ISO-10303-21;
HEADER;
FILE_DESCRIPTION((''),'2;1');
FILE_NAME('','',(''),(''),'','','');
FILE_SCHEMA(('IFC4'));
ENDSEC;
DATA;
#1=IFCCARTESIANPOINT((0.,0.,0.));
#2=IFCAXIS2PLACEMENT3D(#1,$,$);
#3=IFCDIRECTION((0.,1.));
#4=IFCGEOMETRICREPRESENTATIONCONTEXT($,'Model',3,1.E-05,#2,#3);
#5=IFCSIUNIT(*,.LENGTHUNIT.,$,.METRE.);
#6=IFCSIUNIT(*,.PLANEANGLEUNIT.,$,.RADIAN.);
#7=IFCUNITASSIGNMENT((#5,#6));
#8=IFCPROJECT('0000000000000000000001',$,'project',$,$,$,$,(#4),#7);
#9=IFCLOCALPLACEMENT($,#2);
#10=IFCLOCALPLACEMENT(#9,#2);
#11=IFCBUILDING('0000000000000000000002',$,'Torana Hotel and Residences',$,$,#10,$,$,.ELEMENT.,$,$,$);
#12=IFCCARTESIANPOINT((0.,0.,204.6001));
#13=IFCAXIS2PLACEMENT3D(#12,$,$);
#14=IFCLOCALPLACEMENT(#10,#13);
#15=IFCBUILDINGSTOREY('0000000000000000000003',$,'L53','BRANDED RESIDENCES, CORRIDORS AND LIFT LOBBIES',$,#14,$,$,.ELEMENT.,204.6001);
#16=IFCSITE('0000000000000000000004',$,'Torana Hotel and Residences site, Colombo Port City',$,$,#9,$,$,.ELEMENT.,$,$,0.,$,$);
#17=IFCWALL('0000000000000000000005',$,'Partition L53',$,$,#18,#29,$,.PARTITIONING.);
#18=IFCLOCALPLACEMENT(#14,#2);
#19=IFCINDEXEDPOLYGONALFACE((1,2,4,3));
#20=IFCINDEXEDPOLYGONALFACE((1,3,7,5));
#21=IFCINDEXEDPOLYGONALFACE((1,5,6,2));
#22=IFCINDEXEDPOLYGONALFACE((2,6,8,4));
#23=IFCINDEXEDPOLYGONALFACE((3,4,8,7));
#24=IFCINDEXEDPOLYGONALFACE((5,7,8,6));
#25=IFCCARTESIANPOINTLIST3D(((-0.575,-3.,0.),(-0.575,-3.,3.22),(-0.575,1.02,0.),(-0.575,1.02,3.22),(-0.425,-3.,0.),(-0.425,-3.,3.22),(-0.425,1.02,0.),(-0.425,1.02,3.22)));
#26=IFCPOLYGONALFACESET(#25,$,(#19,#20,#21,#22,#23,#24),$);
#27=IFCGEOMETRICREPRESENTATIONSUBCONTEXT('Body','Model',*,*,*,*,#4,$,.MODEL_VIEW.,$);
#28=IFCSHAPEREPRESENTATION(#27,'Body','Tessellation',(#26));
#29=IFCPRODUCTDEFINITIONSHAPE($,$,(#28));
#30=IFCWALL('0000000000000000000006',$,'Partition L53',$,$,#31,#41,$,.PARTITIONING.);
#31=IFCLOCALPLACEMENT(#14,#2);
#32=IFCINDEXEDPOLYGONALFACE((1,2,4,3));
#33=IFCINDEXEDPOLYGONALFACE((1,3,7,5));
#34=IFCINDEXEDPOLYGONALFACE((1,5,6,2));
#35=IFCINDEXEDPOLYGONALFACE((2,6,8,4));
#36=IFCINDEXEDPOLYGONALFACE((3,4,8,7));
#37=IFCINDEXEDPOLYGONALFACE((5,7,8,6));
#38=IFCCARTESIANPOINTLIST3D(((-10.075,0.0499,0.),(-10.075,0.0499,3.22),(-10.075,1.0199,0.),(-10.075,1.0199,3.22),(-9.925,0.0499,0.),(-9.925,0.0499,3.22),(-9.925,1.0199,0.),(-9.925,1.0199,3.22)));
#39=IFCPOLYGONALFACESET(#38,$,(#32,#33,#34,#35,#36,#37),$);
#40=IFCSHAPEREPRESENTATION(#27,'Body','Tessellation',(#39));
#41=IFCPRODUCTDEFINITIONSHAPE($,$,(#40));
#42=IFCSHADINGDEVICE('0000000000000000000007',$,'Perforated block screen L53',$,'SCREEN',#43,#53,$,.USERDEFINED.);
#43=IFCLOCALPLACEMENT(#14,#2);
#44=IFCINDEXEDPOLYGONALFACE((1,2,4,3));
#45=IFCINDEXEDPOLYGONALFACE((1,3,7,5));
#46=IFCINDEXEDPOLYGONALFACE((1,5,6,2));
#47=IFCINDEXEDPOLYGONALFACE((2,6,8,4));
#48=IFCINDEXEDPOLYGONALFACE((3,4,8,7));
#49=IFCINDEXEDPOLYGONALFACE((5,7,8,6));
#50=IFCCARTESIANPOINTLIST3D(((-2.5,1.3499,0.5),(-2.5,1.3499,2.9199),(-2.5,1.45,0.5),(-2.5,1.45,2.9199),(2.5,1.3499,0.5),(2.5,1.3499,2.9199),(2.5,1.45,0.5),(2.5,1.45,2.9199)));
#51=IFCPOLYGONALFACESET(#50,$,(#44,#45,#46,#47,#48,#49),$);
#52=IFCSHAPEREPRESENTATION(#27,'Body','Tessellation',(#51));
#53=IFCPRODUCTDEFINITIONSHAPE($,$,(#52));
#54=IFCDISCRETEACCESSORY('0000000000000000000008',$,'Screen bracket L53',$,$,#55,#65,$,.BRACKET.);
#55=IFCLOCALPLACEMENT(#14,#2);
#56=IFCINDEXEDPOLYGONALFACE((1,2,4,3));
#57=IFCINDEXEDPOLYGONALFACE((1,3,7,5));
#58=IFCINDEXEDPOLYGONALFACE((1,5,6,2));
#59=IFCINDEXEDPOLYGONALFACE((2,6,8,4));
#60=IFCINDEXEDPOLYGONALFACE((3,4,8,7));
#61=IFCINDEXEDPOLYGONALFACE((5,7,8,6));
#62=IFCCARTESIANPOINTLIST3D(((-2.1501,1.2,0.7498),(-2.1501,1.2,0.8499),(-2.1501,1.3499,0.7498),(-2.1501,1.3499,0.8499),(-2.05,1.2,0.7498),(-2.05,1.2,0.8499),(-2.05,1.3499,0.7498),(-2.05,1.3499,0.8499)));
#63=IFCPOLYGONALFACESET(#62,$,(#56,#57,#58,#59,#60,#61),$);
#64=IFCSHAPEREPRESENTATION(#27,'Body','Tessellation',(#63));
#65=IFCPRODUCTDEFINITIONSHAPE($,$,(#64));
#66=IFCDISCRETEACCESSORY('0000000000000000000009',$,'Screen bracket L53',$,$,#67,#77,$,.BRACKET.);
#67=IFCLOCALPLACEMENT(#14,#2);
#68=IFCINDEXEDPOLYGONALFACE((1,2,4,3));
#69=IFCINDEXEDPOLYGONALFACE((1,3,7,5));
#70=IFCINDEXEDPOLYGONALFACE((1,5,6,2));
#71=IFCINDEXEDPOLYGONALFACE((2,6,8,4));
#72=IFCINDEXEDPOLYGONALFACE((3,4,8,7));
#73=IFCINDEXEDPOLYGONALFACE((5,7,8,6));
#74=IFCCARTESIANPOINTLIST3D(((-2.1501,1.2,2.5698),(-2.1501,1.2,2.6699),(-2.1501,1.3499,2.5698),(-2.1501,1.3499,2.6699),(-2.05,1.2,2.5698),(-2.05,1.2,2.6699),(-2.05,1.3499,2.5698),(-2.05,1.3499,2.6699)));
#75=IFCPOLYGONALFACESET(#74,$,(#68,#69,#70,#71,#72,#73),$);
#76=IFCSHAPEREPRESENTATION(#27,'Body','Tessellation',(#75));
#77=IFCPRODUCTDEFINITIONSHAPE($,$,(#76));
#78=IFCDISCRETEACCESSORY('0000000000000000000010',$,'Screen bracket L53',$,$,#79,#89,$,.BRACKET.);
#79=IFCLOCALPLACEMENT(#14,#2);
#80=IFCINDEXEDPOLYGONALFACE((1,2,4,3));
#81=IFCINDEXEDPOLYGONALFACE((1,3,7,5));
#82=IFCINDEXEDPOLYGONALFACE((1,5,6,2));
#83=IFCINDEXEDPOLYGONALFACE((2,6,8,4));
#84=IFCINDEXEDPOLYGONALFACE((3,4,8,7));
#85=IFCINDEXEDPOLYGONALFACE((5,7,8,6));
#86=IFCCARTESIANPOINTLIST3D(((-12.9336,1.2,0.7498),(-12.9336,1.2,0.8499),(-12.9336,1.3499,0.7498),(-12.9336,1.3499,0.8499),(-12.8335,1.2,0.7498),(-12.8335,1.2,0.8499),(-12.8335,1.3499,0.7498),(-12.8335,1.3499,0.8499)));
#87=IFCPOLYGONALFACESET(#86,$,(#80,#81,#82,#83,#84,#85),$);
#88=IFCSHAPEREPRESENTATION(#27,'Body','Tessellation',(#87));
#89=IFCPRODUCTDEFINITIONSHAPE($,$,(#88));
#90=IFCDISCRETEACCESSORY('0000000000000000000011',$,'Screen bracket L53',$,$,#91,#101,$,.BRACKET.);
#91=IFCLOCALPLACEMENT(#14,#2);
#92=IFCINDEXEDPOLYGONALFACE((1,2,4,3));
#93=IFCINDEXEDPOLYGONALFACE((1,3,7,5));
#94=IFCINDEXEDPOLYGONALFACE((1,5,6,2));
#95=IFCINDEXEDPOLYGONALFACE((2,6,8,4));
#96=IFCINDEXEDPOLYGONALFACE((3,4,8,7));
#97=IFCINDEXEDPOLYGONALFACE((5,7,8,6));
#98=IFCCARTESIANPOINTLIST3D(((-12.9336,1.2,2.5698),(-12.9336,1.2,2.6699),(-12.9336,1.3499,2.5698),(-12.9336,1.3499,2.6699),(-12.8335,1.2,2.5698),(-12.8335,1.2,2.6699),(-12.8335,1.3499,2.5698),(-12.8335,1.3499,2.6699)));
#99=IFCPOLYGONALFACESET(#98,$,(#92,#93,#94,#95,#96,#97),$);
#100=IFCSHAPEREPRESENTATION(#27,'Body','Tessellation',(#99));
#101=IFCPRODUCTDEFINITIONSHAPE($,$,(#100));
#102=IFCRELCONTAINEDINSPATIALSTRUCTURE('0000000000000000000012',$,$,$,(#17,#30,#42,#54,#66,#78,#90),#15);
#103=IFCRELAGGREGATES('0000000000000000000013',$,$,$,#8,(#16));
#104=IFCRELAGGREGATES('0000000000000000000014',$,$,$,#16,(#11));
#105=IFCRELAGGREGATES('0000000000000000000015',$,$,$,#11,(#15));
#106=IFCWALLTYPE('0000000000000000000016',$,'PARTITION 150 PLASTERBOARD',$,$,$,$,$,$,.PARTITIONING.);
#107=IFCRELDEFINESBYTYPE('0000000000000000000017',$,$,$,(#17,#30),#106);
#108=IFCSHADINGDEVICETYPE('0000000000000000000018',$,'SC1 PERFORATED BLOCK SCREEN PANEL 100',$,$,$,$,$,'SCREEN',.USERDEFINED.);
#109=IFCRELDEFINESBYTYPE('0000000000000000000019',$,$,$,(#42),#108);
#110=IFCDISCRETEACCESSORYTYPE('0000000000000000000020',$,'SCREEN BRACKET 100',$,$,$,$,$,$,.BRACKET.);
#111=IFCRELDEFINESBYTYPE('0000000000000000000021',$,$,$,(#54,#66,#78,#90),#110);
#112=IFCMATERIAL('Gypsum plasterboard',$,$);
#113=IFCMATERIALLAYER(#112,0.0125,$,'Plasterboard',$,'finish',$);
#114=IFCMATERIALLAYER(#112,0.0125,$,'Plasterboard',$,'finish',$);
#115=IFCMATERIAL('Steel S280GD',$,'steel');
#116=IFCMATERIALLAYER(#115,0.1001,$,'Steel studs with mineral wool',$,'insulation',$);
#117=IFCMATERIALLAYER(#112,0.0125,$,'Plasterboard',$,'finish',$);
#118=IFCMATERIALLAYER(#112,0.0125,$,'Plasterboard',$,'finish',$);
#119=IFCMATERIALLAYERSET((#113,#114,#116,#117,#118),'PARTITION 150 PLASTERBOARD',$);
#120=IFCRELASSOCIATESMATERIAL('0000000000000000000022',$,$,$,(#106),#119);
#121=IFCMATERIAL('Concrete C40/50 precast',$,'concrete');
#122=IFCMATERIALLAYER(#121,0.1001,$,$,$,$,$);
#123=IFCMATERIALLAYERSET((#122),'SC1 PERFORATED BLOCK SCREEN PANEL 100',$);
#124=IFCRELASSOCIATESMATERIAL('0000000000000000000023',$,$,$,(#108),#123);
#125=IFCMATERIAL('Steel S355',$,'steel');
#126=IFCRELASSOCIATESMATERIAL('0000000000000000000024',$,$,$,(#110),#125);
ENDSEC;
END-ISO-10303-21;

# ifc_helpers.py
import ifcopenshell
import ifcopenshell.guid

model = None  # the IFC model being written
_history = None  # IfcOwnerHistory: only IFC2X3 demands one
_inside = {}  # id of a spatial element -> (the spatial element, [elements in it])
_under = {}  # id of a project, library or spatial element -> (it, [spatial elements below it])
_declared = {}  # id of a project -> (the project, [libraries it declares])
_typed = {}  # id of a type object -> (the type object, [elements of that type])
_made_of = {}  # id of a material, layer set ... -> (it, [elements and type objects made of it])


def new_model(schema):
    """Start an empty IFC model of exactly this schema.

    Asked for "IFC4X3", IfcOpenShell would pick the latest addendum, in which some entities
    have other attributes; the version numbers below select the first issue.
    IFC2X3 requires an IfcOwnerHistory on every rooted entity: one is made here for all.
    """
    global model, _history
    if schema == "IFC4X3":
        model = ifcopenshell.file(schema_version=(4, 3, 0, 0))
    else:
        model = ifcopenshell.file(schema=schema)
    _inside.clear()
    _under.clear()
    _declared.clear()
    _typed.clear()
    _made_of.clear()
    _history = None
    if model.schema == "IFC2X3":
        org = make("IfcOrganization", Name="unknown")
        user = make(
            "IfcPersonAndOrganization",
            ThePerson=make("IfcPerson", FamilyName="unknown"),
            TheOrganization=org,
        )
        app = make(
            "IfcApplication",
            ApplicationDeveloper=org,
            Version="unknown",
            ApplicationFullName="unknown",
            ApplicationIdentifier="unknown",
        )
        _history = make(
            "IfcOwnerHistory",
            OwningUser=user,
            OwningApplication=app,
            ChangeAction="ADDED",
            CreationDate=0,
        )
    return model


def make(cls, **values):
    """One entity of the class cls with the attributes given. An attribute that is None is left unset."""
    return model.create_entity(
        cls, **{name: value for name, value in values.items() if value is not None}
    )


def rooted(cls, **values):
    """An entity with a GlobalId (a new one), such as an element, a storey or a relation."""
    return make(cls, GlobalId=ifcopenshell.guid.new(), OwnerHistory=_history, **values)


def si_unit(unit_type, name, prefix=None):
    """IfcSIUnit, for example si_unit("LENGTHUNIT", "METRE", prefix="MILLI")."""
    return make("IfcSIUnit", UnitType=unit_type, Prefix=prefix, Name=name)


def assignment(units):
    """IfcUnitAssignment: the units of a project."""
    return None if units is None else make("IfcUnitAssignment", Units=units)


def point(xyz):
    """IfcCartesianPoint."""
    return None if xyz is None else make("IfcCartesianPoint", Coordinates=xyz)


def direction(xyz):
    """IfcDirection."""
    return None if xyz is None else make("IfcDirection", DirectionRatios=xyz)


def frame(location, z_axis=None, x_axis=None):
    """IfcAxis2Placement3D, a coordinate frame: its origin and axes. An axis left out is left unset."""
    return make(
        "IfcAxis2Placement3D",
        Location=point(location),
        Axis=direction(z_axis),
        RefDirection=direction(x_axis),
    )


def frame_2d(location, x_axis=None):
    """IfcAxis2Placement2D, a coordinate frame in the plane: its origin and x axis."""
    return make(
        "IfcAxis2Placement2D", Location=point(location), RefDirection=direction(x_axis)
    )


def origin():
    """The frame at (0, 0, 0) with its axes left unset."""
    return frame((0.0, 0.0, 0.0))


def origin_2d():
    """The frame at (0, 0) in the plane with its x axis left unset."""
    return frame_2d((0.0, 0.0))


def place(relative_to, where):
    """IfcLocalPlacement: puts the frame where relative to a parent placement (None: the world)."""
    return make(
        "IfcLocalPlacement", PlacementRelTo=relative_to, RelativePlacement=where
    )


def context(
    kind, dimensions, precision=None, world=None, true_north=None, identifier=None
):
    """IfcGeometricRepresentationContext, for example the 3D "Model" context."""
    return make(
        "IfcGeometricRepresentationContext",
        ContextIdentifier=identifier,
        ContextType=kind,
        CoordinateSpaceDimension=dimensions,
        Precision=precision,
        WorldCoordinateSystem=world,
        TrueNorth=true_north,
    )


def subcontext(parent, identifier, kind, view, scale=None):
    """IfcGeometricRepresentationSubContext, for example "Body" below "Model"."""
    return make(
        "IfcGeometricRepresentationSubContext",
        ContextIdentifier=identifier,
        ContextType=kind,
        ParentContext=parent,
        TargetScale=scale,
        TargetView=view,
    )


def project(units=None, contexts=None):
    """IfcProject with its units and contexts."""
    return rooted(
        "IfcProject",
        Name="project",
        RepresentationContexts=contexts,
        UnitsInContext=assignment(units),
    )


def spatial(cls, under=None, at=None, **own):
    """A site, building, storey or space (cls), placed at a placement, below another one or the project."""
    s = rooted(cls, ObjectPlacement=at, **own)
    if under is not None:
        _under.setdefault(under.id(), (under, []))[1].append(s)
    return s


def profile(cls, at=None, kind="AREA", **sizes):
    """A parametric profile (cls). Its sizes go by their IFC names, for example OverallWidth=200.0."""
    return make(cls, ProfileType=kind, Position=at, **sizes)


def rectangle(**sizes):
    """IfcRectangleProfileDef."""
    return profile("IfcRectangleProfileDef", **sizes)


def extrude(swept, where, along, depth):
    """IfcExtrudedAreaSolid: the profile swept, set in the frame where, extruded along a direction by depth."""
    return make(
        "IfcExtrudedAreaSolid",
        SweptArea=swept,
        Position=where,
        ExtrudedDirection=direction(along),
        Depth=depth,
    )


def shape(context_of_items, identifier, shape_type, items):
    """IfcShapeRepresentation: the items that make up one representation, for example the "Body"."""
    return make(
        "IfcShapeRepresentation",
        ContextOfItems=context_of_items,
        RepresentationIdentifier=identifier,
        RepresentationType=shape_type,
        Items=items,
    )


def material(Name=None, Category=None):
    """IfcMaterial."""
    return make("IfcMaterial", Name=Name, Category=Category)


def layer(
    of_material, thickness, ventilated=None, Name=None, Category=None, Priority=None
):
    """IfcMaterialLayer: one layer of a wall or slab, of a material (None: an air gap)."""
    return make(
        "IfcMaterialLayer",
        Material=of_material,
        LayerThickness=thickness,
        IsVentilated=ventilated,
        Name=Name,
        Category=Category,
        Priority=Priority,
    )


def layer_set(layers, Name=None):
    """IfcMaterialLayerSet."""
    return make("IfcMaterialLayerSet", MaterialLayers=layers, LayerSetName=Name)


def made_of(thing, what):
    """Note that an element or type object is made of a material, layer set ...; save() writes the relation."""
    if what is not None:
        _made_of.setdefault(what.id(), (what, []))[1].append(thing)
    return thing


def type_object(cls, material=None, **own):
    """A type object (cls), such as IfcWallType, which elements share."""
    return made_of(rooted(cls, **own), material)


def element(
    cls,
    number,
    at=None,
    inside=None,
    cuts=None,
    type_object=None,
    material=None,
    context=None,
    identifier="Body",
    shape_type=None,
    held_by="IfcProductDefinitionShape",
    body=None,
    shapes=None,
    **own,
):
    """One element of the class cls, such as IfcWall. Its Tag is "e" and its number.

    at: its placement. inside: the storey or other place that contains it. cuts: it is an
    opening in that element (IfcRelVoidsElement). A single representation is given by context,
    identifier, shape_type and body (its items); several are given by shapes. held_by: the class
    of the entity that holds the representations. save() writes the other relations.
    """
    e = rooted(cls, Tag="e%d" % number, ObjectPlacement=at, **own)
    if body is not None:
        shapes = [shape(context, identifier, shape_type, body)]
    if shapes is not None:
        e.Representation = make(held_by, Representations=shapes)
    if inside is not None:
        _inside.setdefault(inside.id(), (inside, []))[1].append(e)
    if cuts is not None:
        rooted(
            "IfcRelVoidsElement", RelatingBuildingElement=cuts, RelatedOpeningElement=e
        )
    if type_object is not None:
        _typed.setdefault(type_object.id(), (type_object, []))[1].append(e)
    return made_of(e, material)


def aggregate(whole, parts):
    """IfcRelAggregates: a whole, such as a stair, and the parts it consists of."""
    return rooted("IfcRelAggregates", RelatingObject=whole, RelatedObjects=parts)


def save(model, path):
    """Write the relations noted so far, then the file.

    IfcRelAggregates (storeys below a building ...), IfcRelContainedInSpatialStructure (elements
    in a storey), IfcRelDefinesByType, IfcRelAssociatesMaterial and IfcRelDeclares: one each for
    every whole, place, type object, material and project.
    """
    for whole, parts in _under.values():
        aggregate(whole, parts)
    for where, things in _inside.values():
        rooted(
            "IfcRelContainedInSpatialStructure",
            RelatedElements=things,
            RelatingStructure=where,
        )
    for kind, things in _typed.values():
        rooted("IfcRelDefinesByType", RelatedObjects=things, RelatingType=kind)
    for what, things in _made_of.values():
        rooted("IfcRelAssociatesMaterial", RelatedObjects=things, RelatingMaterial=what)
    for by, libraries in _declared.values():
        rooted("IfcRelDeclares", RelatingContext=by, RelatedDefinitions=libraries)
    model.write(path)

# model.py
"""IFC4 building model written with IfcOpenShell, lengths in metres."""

from ifc_helpers import new_model, si_unit, direction, frame, frame_2d, origin, origin_2d, place, context, subcontext, project, spatial, rectangle, extrude, material, layer, layer_set, type_object, element, save


model = new_model("IFC4")

# Units and contexts
model_context = context("Model", 3, precision=1e-05, world=origin(), true_north=direction((0.0, 1.0)))
body_context = subcontext(model_context, "Body", "Model", "MODEL_VIEW")
ifc_project = project(units=[si_unit("LENGTHUNIT", "METRE"), si_unit("PLANEANGLEUNIT", "RADIAN")], contexts=[model_context])

# Site, building, storey
site_placement = place(None, origin())
site = spatial("IfcSite", under=ifc_project, at=site_placement, Name="Torana Hotel and Residences site, Colombo Port City", CompositionType="ELEMENT", RefElevation=0.0)
building_placement = place(site_placement, origin())
building = spatial("IfcBuilding", under=site, at=building_placement, Name="Torana Hotel and Residences", CompositionType="ELEMENT")
storey_placement = place(building_placement, frame((0.0, 0.0, 204.6001)))
storey = spatial("IfcBuildingStorey", under=building, at=storey_placement, Name="L53", Description="BRANDED RESIDENCES, CORRIDORS AND LIFT LOBBIES", CompositionType="ELEMENT", Elevation=204.6001)

# Walls
ifc_material_1 = material(Name="Gypsum plasterboard")
ifc_layer_1 = layer(ifc_material_1, 0.0125, Name="Plasterboard", Category="finish")
ifc_layer_2 = layer(ifc_material_1, 0.0125, Name="Plasterboard", Category="finish")
ifc_material_2 = material(Name="Steel S280GD", Category="steel")
ifc_layer_3 = layer(ifc_material_2, 0.1001, Name="Steel studs with mineral wool", Category="insulation")
ifc_layer_4 = layer(ifc_material_1, 0.0125, Name="Plasterboard", Category="finish")
ifc_layer_5 = layer(ifc_material_1, 0.0125, Name="Plasterboard", Category="finish")
ifc_layer_set_1 = layer_set([ifc_layer_1, ifc_layer_2, ifc_layer_3, ifc_layer_4, ifc_layer_5], Name="PARTITION 150 PLASTERBOARD")
wall_type_1 = type_object("IfcWallType", Name="PARTITION 150 PLASTERBOARD", PredefinedType="PARTITIONING", material=ifc_layer_set_1)
wall_1_placement = place(storey_placement, frame((-0.5, -3.0, 0.0), z_axis=(0.0, 0.0, 1.0), x_axis=(0.0, 1.0, 0.0)))
element("IfcWall", 1, at=wall_1_placement, inside=storey, type_object=wall_type_1, Name="Partition L53", PredefinedType="PARTITIONING", context=body_context, shape_type="SweptSolid", body=[
    extrude(rectangle(XDim=4.02, YDim=0.1499, at=frame_2d((2.01, 0.0))), origin(), (0.0, 0.0, 1.0), 3.22),
])
wall_2_placement = place(storey_placement, frame((-10.0, 0.05, 0.0), z_axis=(0.0, 0.0, 1.0), x_axis=(0.0, 1.0, 0.0)))
element("IfcWall", 2, at=wall_2_placement, inside=storey, type_object=wall_type_1, Name="Partition L53", PredefinedType="PARTITIONING", context=body_context, shape_type="SweptSolid", body=[
    extrude(rectangle(XDim=0.97, YDim=0.1499, at=frame_2d((0.4849, 0.0))), origin(), (0.0, 0.0, 1.0), 3.22),
])

# Shading device
ifc_material_3 = material(Name="Concrete C40/50 precast", Category="concrete")
ifc_layer_6 = layer(ifc_material_3, 0.1001)
ifc_layer_set_2 = layer_set([ifc_layer_6], Name="SC1 PERFORATED BLOCK SCREEN PANEL 100")
shading_device_type = type_object("IfcShadingDeviceType", Name="SC1 PERFORATED BLOCK SCREEN PANEL 100", ElementType="SCREEN", PredefinedType="USERDEFINED", material=ifc_layer_set_2)
shading_device_placement = place(storey_placement, frame((0.0, 1.3999, 0.5), z_axis=(0.0, 0.0, 1.0), x_axis=(-1.0, 0.0, 0.0)))
element("IfcShadingDevice", 3, at=shading_device_placement, inside=storey, type_object=shading_device_type, Name="Perforated block screen L53", ObjectType="SCREEN", PredefinedType="USERDEFINED", context=body_context, shape_type="SweptSolid", body=[
    extrude(rectangle(XDim=5.0, YDim=0.1001, at=origin_2d()), origin(), (0.0, 0.0, 1.0), 2.4199),
])

# Discrete accessories
ifc_material_4 = material(Name="Steel S355", Category="steel")
discrete_accessory_type = type_object("IfcDiscreteAccessoryType", Name="SCREEN BRACKET 100", PredefinedType="BRACKET", material=ifc_material_4)
for number, where, z_axis, x_axis, name in (
    (4, (-2.1001, 1.2749, 0.7498), (0.0, 0.0, 1.0), (-1.0, 0.0, 0.0), "Screen bracket L53"),
    (5, (-2.1001, 1.2749, 2.5698), (0.0, 0.0, 1.0), (-1.0, 0.0, 0.0), "Screen bracket L53"),
    (6, (-12.8835, 1.2749, 0.7498), (0.0, 0.0, 1.0), (-1.0, 0.0, 0.0), "Screen bracket L53"),
    (7, (-12.8835, 1.2749, 2.5698), (0.0, 0.0, 1.0), (-1.0, 0.0, 0.0), "Screen bracket L53"),
):
    element("IfcDiscreteAccessory", number, at=place(storey_placement, frame(where, z_axis=z_axis, x_axis=x_axis)), inside=storey, type_object=discrete_accessory_type, Name=name, PredefinedType="BRACKET", context=body_context, shape_type="SweptSolid", body=[
        extrude(rectangle(XDim=0.1001, YDim=0.1499, at=origin_2d()), origin(), (0.0, 0.0, 1.0), 0.1001),
    ])

save(model, "model.ifc")
